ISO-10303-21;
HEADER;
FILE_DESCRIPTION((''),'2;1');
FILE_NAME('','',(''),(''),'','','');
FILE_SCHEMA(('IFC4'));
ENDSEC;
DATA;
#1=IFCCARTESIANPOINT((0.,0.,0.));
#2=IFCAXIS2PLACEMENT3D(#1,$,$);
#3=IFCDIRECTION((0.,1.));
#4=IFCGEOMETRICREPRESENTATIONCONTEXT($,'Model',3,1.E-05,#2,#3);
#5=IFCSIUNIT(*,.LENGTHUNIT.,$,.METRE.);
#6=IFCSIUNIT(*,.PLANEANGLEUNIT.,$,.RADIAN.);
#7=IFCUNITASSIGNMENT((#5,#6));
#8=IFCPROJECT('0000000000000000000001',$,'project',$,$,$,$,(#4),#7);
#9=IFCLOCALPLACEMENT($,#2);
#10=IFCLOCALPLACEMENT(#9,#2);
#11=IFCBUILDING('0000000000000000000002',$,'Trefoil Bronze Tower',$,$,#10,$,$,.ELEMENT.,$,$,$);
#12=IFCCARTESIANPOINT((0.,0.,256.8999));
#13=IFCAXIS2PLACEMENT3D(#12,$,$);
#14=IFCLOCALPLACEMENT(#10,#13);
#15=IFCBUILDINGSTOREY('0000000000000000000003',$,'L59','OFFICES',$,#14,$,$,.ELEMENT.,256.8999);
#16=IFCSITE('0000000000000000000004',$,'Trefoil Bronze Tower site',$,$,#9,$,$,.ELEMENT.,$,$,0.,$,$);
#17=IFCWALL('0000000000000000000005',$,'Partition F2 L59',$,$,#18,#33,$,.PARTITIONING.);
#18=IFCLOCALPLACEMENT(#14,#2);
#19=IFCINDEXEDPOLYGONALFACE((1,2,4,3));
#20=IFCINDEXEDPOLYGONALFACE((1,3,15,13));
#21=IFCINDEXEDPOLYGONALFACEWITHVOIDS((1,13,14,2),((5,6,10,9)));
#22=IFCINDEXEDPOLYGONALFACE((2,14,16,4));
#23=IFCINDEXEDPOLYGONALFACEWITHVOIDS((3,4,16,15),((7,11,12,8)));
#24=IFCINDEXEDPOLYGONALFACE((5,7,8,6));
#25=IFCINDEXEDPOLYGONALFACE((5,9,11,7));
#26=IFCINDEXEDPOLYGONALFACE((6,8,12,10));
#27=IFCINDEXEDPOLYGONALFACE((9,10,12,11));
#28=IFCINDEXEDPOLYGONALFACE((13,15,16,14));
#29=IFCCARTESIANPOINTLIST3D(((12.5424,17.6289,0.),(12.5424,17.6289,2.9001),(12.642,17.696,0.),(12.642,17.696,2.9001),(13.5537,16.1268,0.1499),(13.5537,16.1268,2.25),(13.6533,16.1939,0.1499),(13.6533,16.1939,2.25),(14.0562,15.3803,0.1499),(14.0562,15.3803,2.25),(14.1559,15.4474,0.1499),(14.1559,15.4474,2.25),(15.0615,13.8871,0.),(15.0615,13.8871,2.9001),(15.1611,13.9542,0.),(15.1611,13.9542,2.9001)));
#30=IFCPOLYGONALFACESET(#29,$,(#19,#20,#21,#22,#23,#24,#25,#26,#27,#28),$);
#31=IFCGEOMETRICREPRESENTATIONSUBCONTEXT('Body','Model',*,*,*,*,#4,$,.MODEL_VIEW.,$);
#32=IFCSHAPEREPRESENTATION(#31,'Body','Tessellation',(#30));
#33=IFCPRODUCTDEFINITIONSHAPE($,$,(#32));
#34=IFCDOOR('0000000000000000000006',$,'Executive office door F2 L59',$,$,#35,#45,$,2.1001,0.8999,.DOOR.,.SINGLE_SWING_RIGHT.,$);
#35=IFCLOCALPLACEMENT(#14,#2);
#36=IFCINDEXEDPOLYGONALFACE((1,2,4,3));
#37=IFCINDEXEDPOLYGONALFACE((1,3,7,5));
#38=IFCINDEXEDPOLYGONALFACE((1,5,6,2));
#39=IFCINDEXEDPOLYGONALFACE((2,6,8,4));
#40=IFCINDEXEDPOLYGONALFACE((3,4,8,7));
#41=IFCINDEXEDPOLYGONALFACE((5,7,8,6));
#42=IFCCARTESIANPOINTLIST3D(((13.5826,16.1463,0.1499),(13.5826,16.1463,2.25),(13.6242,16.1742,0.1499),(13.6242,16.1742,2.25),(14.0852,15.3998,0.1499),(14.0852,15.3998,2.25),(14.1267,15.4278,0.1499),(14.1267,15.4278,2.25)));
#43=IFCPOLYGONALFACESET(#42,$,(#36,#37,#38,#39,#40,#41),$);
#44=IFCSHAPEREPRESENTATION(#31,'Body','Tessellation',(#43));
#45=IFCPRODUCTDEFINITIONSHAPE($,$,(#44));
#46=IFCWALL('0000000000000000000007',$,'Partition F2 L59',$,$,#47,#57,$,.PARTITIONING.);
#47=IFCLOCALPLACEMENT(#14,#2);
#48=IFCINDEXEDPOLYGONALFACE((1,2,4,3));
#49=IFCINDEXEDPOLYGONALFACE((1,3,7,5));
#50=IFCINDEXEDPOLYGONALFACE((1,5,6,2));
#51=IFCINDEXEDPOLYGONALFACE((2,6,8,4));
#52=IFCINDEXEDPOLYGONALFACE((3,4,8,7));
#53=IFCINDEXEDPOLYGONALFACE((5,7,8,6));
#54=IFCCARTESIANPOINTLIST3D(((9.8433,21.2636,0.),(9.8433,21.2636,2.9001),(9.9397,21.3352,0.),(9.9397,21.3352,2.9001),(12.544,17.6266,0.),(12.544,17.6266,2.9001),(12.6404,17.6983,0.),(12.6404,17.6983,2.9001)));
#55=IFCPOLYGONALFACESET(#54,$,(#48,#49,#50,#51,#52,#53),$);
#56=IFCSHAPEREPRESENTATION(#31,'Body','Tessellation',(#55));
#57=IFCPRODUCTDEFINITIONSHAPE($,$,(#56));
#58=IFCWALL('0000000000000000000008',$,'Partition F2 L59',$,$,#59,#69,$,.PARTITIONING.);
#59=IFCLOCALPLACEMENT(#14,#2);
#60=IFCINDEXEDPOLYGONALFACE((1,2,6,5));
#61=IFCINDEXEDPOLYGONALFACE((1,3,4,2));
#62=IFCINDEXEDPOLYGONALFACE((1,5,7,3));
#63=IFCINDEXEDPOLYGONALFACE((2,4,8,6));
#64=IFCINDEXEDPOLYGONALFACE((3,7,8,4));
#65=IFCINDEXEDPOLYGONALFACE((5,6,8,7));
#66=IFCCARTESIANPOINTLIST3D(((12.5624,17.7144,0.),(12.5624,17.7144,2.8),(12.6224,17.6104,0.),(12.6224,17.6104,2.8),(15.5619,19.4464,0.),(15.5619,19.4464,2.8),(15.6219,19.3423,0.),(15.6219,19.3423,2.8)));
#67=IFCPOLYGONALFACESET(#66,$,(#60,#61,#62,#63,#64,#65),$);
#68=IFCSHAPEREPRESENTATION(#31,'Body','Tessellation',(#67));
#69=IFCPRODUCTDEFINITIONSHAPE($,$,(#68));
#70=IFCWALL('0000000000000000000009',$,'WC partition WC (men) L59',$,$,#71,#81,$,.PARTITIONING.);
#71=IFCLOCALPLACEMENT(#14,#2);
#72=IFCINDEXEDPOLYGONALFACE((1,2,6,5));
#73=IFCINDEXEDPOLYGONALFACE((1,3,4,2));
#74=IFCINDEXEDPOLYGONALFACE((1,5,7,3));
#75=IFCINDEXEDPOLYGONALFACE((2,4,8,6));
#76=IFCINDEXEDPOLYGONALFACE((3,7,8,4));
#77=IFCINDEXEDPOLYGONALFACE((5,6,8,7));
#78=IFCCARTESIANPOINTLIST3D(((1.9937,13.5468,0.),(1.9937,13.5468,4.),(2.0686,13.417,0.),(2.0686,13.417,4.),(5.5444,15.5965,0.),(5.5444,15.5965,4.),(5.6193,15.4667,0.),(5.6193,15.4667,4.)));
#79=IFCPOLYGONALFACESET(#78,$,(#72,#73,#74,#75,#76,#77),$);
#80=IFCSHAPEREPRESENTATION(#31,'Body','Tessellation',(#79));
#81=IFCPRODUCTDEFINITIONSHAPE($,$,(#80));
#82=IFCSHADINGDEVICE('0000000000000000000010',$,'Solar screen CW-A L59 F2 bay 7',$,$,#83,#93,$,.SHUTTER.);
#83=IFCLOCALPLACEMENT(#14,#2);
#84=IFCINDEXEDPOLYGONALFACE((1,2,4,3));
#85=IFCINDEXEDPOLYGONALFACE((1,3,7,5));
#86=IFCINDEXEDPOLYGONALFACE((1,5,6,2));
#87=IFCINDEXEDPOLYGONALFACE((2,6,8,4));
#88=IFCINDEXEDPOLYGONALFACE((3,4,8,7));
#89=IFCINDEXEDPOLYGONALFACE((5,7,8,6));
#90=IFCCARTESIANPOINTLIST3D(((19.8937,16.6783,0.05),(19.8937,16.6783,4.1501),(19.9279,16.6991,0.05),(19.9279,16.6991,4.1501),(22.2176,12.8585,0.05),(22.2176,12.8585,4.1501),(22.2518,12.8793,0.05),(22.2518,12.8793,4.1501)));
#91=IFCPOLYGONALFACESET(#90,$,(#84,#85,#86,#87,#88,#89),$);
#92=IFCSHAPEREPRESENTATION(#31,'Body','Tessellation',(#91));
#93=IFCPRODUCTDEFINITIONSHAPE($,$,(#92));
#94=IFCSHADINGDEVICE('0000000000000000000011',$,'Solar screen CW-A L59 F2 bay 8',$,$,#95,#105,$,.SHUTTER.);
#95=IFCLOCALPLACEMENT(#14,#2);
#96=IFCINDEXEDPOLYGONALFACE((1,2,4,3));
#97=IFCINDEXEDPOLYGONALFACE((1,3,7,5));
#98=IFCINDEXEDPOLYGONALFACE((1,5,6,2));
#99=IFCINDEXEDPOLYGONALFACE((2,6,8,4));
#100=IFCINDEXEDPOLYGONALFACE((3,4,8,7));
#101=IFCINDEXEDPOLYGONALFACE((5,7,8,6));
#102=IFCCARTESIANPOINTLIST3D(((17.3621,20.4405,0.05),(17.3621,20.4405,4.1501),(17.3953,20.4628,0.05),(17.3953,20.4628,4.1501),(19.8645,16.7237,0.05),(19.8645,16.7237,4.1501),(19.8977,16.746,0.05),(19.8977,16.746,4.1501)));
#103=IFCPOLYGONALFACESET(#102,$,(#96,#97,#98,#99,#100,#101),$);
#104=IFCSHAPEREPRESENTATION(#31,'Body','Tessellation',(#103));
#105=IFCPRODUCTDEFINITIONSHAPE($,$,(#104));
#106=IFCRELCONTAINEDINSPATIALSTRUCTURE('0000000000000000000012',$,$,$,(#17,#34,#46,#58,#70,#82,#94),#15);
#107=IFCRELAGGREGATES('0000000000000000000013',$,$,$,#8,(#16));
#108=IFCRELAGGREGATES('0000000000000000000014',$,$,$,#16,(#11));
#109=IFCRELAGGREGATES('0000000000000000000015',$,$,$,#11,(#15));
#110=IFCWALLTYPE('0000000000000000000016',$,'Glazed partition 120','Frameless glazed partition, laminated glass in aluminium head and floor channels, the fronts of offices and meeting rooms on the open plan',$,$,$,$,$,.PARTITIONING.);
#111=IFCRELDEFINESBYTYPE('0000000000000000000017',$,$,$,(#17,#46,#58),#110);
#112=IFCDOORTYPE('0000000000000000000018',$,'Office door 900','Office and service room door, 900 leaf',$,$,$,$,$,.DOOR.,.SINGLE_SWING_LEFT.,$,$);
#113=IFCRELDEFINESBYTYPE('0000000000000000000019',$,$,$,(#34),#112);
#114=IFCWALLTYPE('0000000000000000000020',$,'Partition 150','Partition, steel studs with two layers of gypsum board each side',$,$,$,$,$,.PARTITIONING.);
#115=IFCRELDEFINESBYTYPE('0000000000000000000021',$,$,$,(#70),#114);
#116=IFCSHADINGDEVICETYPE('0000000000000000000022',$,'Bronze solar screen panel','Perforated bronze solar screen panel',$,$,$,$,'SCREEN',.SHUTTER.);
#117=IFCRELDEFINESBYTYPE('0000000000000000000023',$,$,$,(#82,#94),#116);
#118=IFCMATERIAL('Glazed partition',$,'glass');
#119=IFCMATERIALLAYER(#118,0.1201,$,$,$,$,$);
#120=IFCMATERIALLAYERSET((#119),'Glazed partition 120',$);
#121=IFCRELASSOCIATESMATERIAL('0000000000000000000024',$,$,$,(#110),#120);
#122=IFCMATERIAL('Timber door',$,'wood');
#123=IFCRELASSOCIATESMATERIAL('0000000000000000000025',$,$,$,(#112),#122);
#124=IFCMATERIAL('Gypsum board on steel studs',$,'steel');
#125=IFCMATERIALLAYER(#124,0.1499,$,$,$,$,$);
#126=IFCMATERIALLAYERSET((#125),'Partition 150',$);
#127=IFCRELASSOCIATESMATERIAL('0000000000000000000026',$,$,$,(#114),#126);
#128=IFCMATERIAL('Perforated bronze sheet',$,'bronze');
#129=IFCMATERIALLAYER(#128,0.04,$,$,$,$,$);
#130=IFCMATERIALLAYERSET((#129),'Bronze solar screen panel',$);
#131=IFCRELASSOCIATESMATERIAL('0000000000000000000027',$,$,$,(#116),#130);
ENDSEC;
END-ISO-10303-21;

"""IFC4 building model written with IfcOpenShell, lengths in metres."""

from ifc_helpers import new_model, si_unit, direction, frame, frame_2d, origin, origin_2d, place, context, subcontext, project, spatial, rectangle, extrude, material, layer, layer_set, type_object, element, fill, save


model = new_model("IFC4")

# Units and contexts
model_context = context("Model", 3, precision=1e-05, world=origin(), true_north=direction((0.0, 1.0)))
body_context = subcontext(model_context, "Body", "Model", "MODEL_VIEW")
ifc_project = project(units=[si_unit("LENGTHUNIT", "METRE"), si_unit("PLANEANGLEUNIT", "RADIAN")], contexts=[model_context])

# Site, building, storey
site_placement = place(None, origin())
site = spatial("IfcSite", under=ifc_project, at=site_placement, Name="Trefoil Bronze Tower site", CompositionType="ELEMENT", RefElevation=0.0)
building_placement = place(site_placement, origin())
building = spatial("IfcBuilding", under=site, at=building_placement, Name="Trefoil Bronze Tower", CompositionType="ELEMENT")
storey_placement = place(building_placement, frame((0.0, 0.0, 256.8999)))
storey = spatial("IfcBuildingStorey", under=building, at=storey_placement, Name="L59", Description="OFFICES", CompositionType="ELEMENT", Elevation=256.8999)

# Shared definitions
ifc_material_1 = material(Name="Glazed partition", Category="glass")
ifc_layer_1 = layer(ifc_material_1, 0.1201)
ifc_layer_set_1 = layer_set([ifc_layer_1], Name="Glazed partition 120")
wall_type_1 = type_object("IfcWallType", Name="Glazed partition 120", Description="Frameless glazed partition, laminated glass in aluminium head and floor channels, the fronts of offices and meeting rooms on the open plan", PredefinedType="PARTITIONING", material=ifc_layer_set_1)

# Wall, opening, door
ifc_material_2 = material(Name="Timber door", Category="wood")
door_type_1 = type_object("IfcDoorType", Name="Office door 900", Description="Office and service room door, 900 leaf", OperationType="SINGLE_SWING_LEFT", PredefinedType="DOOR", material=ifc_material_2)
wall_1_placement = place(storey_placement, frame((15.1113, 13.9207, 0.0), z_axis=(0.0, 0.0, 1.0), x_axis=(-0.558467, 0.829527, 0.0)))
wall_1 = element("IfcWall", 1, at=wall_1_placement, inside=storey, type_object=wall_type_1, Name="Partition F2 L59", PredefinedType="PARTITIONING", context=body_context, shape_type="SweptSolid", body=[
    extrude(rectangle(XDim=4.5107, YDim=0.1201, at=frame_2d((2.2554, 0.0))), origin(), (0.0, 0.0, 1.0), 2.9001),
])
opening_1_placement = place(wall_1_placement, frame((1.8, 0.0, 0.1499)))
opening_1 = element("IfcOpeningElement", 2, at=opening_1_placement, cuts=wall_1, PredefinedType="OPENING", context=body_context, shape_type="SweptSolid", body=[
    extrude(rectangle(XDim=0.8999, YDim=2.1001, at=frame_2d((0.45, 1.05))), frame((0.0, 0.0701, 0.0), z_axis=(0.0, -1.0, 0.0), x_axis=(1.0, 0.0, 0.0)), (0.0, 0.0, 1.0), 0.1401),
])
door_1_placement = place(opening_1_placement, frame((0.8999, 0.0, 0.0), z_axis=(0.0, 0.0, 1.0), x_axis=(-1.0, 0.0, 0.0)))
door_1 = element("IfcDoor", 3, at=door_1_placement, inside=storey, type_object=door_type_1, Name="Executive office door F2 L59", OperationType="SINGLE_SWING_RIGHT", OverallHeight=2.1001, OverallWidth=0.8999, PredefinedType="DOOR", context=body_context, shape_type="SweptSolid", body=[
    extrude(rectangle(XDim=0.8999, YDim=2.1001, at=frame_2d((0.45, 1.05))), frame((0.0, 0.0249, 0.0), z_axis=(0.0, -1.0, 0.0), x_axis=(1.0, 0.0, 0.0)), (0.0, 0.0, 1.0), 0.05),
])
fill(opening_1, door_1)

# Walls
wall_2_placement = place(storey_placement, frame((12.5923, 17.6624, 0.0), z_axis=(0.0, 0.0, 1.0), x_axis=(-0.596173, 0.802856, 0.0)))
element("IfcWall", 4, at=wall_2_placement, inside=storey, type_object=wall_type_1, Name="Partition F2 L59", PredefinedType="PARTITIONING", context=body_context, shape_type="SweptSolid", body=[
    extrude(rectangle(XDim=4.53, YDim=0.1201, at=frame_2d((2.2651, 0.0))), origin(), (0.0, 0.0, 1.0), 2.9001),
])
wall_3_placement = place(storey_placement, frame((12.5923, 17.6624, 0.0), z_axis=(0.0, 0.0, 1.0), x_axis=(0.866005, 0.500036, 0.0)))
element("IfcWall", 5, at=wall_3_placement, inside=storey, type_object=wall_type_1, Name="Partition F2 L59", PredefinedType="PARTITIONING", context=body_context, shape_type="SweptSolid", body=[
    extrude(rectangle(XDim=3.4636, YDim=0.1201, at=frame_2d((1.7319, 0.0))), origin(), (0.0, 0.0, 1.0), 2.8),
])
ifc_material_3 = material(Name="Gypsum board on steel studs", Category="steel")
ifc_layer_2 = layer(ifc_material_3, 0.1499)
ifc_layer_set_2 = layer_set([ifc_layer_2], Name="Partition 150")
wall_type_2 = type_object("IfcWallType", Name="Partition 150", Description="Partition, steel studs with two layers of gypsum board each side", PredefinedType="PARTITIONING", material=ifc_layer_set_2)
wall_4_placement = place(storey_placement, frame((2.0312, 13.4819, 0.0), z_axis=(0.0, 0.0, 1.0), x_axis=(0.866051, 0.499956, 0.0)))
element("IfcWall", 6, at=wall_4_placement, inside=storey, type_object=wall_type_2, Name="WC partition WC (men) L59", PredefinedType="PARTITIONING", context=body_context, shape_type="SweptSolid", body=[
    extrude(rectangle(XDim=4.0999, YDim=0.1499, at=frame_2d((2.0498, 0.0))), origin(), (0.0, 0.0, 1.0), 4.0),
])

# Shading devices
ifc_material_4 = material(Name="Perforated bronze sheet", Category="bronze")
ifc_layer_3 = layer(ifc_material_4, 0.04)
ifc_layer_set_3 = layer_set([ifc_layer_3], Name="Bronze solar screen panel")
shading_device_type = type_object("IfcShadingDeviceType", Name="Bronze solar screen panel", Description="Perforated bronze solar screen panel", ElementType="SCREEN", PredefinedType="SHUTTER", material=ifc_layer_set_3)
shading_device_1_placement = place(storey_placement, frame((21.0728, 14.7788, 0.05), z_axis=(0.0, 0.0, 1.0), x_axis=(-0.519762, 0.854311, 0.0)))
element("IfcShadingDevice", 7, at=shading_device_1_placement, inside=storey, type_object=shading_device_type, Name="Solar screen CW-A L59 F2 bay 7", PredefinedType="SHUTTER", context=body_context, shape_type="SweptSolid", body=[
    extrude(rectangle(XDim=4.4712, YDim=0.04, at=origin_2d()), origin(), (0.0, 0.0, 1.0), 4.1001),
])
shading_device_2_placement = place(storey_placement, frame((18.6299, 18.5933, 0.05), z_axis=(0.0, 0.0, 1.0), x_axis=(-0.558493, 0.829509, 0.0)))
element("IfcShadingDevice", 8, at=shading_device_2_placement, inside=storey, type_object=shading_device_type, Name="Solar screen CW-A L59 F2 bay 8", PredefinedType="SHUTTER", context=body_context, shape_type="SweptSolid", body=[
    extrude(rectangle(XDim=4.4807, YDim=0.04, at=origin_2d()), origin(), (0.0, 0.0, 1.0), 4.1001),
])

save(model, "model.ifc")
